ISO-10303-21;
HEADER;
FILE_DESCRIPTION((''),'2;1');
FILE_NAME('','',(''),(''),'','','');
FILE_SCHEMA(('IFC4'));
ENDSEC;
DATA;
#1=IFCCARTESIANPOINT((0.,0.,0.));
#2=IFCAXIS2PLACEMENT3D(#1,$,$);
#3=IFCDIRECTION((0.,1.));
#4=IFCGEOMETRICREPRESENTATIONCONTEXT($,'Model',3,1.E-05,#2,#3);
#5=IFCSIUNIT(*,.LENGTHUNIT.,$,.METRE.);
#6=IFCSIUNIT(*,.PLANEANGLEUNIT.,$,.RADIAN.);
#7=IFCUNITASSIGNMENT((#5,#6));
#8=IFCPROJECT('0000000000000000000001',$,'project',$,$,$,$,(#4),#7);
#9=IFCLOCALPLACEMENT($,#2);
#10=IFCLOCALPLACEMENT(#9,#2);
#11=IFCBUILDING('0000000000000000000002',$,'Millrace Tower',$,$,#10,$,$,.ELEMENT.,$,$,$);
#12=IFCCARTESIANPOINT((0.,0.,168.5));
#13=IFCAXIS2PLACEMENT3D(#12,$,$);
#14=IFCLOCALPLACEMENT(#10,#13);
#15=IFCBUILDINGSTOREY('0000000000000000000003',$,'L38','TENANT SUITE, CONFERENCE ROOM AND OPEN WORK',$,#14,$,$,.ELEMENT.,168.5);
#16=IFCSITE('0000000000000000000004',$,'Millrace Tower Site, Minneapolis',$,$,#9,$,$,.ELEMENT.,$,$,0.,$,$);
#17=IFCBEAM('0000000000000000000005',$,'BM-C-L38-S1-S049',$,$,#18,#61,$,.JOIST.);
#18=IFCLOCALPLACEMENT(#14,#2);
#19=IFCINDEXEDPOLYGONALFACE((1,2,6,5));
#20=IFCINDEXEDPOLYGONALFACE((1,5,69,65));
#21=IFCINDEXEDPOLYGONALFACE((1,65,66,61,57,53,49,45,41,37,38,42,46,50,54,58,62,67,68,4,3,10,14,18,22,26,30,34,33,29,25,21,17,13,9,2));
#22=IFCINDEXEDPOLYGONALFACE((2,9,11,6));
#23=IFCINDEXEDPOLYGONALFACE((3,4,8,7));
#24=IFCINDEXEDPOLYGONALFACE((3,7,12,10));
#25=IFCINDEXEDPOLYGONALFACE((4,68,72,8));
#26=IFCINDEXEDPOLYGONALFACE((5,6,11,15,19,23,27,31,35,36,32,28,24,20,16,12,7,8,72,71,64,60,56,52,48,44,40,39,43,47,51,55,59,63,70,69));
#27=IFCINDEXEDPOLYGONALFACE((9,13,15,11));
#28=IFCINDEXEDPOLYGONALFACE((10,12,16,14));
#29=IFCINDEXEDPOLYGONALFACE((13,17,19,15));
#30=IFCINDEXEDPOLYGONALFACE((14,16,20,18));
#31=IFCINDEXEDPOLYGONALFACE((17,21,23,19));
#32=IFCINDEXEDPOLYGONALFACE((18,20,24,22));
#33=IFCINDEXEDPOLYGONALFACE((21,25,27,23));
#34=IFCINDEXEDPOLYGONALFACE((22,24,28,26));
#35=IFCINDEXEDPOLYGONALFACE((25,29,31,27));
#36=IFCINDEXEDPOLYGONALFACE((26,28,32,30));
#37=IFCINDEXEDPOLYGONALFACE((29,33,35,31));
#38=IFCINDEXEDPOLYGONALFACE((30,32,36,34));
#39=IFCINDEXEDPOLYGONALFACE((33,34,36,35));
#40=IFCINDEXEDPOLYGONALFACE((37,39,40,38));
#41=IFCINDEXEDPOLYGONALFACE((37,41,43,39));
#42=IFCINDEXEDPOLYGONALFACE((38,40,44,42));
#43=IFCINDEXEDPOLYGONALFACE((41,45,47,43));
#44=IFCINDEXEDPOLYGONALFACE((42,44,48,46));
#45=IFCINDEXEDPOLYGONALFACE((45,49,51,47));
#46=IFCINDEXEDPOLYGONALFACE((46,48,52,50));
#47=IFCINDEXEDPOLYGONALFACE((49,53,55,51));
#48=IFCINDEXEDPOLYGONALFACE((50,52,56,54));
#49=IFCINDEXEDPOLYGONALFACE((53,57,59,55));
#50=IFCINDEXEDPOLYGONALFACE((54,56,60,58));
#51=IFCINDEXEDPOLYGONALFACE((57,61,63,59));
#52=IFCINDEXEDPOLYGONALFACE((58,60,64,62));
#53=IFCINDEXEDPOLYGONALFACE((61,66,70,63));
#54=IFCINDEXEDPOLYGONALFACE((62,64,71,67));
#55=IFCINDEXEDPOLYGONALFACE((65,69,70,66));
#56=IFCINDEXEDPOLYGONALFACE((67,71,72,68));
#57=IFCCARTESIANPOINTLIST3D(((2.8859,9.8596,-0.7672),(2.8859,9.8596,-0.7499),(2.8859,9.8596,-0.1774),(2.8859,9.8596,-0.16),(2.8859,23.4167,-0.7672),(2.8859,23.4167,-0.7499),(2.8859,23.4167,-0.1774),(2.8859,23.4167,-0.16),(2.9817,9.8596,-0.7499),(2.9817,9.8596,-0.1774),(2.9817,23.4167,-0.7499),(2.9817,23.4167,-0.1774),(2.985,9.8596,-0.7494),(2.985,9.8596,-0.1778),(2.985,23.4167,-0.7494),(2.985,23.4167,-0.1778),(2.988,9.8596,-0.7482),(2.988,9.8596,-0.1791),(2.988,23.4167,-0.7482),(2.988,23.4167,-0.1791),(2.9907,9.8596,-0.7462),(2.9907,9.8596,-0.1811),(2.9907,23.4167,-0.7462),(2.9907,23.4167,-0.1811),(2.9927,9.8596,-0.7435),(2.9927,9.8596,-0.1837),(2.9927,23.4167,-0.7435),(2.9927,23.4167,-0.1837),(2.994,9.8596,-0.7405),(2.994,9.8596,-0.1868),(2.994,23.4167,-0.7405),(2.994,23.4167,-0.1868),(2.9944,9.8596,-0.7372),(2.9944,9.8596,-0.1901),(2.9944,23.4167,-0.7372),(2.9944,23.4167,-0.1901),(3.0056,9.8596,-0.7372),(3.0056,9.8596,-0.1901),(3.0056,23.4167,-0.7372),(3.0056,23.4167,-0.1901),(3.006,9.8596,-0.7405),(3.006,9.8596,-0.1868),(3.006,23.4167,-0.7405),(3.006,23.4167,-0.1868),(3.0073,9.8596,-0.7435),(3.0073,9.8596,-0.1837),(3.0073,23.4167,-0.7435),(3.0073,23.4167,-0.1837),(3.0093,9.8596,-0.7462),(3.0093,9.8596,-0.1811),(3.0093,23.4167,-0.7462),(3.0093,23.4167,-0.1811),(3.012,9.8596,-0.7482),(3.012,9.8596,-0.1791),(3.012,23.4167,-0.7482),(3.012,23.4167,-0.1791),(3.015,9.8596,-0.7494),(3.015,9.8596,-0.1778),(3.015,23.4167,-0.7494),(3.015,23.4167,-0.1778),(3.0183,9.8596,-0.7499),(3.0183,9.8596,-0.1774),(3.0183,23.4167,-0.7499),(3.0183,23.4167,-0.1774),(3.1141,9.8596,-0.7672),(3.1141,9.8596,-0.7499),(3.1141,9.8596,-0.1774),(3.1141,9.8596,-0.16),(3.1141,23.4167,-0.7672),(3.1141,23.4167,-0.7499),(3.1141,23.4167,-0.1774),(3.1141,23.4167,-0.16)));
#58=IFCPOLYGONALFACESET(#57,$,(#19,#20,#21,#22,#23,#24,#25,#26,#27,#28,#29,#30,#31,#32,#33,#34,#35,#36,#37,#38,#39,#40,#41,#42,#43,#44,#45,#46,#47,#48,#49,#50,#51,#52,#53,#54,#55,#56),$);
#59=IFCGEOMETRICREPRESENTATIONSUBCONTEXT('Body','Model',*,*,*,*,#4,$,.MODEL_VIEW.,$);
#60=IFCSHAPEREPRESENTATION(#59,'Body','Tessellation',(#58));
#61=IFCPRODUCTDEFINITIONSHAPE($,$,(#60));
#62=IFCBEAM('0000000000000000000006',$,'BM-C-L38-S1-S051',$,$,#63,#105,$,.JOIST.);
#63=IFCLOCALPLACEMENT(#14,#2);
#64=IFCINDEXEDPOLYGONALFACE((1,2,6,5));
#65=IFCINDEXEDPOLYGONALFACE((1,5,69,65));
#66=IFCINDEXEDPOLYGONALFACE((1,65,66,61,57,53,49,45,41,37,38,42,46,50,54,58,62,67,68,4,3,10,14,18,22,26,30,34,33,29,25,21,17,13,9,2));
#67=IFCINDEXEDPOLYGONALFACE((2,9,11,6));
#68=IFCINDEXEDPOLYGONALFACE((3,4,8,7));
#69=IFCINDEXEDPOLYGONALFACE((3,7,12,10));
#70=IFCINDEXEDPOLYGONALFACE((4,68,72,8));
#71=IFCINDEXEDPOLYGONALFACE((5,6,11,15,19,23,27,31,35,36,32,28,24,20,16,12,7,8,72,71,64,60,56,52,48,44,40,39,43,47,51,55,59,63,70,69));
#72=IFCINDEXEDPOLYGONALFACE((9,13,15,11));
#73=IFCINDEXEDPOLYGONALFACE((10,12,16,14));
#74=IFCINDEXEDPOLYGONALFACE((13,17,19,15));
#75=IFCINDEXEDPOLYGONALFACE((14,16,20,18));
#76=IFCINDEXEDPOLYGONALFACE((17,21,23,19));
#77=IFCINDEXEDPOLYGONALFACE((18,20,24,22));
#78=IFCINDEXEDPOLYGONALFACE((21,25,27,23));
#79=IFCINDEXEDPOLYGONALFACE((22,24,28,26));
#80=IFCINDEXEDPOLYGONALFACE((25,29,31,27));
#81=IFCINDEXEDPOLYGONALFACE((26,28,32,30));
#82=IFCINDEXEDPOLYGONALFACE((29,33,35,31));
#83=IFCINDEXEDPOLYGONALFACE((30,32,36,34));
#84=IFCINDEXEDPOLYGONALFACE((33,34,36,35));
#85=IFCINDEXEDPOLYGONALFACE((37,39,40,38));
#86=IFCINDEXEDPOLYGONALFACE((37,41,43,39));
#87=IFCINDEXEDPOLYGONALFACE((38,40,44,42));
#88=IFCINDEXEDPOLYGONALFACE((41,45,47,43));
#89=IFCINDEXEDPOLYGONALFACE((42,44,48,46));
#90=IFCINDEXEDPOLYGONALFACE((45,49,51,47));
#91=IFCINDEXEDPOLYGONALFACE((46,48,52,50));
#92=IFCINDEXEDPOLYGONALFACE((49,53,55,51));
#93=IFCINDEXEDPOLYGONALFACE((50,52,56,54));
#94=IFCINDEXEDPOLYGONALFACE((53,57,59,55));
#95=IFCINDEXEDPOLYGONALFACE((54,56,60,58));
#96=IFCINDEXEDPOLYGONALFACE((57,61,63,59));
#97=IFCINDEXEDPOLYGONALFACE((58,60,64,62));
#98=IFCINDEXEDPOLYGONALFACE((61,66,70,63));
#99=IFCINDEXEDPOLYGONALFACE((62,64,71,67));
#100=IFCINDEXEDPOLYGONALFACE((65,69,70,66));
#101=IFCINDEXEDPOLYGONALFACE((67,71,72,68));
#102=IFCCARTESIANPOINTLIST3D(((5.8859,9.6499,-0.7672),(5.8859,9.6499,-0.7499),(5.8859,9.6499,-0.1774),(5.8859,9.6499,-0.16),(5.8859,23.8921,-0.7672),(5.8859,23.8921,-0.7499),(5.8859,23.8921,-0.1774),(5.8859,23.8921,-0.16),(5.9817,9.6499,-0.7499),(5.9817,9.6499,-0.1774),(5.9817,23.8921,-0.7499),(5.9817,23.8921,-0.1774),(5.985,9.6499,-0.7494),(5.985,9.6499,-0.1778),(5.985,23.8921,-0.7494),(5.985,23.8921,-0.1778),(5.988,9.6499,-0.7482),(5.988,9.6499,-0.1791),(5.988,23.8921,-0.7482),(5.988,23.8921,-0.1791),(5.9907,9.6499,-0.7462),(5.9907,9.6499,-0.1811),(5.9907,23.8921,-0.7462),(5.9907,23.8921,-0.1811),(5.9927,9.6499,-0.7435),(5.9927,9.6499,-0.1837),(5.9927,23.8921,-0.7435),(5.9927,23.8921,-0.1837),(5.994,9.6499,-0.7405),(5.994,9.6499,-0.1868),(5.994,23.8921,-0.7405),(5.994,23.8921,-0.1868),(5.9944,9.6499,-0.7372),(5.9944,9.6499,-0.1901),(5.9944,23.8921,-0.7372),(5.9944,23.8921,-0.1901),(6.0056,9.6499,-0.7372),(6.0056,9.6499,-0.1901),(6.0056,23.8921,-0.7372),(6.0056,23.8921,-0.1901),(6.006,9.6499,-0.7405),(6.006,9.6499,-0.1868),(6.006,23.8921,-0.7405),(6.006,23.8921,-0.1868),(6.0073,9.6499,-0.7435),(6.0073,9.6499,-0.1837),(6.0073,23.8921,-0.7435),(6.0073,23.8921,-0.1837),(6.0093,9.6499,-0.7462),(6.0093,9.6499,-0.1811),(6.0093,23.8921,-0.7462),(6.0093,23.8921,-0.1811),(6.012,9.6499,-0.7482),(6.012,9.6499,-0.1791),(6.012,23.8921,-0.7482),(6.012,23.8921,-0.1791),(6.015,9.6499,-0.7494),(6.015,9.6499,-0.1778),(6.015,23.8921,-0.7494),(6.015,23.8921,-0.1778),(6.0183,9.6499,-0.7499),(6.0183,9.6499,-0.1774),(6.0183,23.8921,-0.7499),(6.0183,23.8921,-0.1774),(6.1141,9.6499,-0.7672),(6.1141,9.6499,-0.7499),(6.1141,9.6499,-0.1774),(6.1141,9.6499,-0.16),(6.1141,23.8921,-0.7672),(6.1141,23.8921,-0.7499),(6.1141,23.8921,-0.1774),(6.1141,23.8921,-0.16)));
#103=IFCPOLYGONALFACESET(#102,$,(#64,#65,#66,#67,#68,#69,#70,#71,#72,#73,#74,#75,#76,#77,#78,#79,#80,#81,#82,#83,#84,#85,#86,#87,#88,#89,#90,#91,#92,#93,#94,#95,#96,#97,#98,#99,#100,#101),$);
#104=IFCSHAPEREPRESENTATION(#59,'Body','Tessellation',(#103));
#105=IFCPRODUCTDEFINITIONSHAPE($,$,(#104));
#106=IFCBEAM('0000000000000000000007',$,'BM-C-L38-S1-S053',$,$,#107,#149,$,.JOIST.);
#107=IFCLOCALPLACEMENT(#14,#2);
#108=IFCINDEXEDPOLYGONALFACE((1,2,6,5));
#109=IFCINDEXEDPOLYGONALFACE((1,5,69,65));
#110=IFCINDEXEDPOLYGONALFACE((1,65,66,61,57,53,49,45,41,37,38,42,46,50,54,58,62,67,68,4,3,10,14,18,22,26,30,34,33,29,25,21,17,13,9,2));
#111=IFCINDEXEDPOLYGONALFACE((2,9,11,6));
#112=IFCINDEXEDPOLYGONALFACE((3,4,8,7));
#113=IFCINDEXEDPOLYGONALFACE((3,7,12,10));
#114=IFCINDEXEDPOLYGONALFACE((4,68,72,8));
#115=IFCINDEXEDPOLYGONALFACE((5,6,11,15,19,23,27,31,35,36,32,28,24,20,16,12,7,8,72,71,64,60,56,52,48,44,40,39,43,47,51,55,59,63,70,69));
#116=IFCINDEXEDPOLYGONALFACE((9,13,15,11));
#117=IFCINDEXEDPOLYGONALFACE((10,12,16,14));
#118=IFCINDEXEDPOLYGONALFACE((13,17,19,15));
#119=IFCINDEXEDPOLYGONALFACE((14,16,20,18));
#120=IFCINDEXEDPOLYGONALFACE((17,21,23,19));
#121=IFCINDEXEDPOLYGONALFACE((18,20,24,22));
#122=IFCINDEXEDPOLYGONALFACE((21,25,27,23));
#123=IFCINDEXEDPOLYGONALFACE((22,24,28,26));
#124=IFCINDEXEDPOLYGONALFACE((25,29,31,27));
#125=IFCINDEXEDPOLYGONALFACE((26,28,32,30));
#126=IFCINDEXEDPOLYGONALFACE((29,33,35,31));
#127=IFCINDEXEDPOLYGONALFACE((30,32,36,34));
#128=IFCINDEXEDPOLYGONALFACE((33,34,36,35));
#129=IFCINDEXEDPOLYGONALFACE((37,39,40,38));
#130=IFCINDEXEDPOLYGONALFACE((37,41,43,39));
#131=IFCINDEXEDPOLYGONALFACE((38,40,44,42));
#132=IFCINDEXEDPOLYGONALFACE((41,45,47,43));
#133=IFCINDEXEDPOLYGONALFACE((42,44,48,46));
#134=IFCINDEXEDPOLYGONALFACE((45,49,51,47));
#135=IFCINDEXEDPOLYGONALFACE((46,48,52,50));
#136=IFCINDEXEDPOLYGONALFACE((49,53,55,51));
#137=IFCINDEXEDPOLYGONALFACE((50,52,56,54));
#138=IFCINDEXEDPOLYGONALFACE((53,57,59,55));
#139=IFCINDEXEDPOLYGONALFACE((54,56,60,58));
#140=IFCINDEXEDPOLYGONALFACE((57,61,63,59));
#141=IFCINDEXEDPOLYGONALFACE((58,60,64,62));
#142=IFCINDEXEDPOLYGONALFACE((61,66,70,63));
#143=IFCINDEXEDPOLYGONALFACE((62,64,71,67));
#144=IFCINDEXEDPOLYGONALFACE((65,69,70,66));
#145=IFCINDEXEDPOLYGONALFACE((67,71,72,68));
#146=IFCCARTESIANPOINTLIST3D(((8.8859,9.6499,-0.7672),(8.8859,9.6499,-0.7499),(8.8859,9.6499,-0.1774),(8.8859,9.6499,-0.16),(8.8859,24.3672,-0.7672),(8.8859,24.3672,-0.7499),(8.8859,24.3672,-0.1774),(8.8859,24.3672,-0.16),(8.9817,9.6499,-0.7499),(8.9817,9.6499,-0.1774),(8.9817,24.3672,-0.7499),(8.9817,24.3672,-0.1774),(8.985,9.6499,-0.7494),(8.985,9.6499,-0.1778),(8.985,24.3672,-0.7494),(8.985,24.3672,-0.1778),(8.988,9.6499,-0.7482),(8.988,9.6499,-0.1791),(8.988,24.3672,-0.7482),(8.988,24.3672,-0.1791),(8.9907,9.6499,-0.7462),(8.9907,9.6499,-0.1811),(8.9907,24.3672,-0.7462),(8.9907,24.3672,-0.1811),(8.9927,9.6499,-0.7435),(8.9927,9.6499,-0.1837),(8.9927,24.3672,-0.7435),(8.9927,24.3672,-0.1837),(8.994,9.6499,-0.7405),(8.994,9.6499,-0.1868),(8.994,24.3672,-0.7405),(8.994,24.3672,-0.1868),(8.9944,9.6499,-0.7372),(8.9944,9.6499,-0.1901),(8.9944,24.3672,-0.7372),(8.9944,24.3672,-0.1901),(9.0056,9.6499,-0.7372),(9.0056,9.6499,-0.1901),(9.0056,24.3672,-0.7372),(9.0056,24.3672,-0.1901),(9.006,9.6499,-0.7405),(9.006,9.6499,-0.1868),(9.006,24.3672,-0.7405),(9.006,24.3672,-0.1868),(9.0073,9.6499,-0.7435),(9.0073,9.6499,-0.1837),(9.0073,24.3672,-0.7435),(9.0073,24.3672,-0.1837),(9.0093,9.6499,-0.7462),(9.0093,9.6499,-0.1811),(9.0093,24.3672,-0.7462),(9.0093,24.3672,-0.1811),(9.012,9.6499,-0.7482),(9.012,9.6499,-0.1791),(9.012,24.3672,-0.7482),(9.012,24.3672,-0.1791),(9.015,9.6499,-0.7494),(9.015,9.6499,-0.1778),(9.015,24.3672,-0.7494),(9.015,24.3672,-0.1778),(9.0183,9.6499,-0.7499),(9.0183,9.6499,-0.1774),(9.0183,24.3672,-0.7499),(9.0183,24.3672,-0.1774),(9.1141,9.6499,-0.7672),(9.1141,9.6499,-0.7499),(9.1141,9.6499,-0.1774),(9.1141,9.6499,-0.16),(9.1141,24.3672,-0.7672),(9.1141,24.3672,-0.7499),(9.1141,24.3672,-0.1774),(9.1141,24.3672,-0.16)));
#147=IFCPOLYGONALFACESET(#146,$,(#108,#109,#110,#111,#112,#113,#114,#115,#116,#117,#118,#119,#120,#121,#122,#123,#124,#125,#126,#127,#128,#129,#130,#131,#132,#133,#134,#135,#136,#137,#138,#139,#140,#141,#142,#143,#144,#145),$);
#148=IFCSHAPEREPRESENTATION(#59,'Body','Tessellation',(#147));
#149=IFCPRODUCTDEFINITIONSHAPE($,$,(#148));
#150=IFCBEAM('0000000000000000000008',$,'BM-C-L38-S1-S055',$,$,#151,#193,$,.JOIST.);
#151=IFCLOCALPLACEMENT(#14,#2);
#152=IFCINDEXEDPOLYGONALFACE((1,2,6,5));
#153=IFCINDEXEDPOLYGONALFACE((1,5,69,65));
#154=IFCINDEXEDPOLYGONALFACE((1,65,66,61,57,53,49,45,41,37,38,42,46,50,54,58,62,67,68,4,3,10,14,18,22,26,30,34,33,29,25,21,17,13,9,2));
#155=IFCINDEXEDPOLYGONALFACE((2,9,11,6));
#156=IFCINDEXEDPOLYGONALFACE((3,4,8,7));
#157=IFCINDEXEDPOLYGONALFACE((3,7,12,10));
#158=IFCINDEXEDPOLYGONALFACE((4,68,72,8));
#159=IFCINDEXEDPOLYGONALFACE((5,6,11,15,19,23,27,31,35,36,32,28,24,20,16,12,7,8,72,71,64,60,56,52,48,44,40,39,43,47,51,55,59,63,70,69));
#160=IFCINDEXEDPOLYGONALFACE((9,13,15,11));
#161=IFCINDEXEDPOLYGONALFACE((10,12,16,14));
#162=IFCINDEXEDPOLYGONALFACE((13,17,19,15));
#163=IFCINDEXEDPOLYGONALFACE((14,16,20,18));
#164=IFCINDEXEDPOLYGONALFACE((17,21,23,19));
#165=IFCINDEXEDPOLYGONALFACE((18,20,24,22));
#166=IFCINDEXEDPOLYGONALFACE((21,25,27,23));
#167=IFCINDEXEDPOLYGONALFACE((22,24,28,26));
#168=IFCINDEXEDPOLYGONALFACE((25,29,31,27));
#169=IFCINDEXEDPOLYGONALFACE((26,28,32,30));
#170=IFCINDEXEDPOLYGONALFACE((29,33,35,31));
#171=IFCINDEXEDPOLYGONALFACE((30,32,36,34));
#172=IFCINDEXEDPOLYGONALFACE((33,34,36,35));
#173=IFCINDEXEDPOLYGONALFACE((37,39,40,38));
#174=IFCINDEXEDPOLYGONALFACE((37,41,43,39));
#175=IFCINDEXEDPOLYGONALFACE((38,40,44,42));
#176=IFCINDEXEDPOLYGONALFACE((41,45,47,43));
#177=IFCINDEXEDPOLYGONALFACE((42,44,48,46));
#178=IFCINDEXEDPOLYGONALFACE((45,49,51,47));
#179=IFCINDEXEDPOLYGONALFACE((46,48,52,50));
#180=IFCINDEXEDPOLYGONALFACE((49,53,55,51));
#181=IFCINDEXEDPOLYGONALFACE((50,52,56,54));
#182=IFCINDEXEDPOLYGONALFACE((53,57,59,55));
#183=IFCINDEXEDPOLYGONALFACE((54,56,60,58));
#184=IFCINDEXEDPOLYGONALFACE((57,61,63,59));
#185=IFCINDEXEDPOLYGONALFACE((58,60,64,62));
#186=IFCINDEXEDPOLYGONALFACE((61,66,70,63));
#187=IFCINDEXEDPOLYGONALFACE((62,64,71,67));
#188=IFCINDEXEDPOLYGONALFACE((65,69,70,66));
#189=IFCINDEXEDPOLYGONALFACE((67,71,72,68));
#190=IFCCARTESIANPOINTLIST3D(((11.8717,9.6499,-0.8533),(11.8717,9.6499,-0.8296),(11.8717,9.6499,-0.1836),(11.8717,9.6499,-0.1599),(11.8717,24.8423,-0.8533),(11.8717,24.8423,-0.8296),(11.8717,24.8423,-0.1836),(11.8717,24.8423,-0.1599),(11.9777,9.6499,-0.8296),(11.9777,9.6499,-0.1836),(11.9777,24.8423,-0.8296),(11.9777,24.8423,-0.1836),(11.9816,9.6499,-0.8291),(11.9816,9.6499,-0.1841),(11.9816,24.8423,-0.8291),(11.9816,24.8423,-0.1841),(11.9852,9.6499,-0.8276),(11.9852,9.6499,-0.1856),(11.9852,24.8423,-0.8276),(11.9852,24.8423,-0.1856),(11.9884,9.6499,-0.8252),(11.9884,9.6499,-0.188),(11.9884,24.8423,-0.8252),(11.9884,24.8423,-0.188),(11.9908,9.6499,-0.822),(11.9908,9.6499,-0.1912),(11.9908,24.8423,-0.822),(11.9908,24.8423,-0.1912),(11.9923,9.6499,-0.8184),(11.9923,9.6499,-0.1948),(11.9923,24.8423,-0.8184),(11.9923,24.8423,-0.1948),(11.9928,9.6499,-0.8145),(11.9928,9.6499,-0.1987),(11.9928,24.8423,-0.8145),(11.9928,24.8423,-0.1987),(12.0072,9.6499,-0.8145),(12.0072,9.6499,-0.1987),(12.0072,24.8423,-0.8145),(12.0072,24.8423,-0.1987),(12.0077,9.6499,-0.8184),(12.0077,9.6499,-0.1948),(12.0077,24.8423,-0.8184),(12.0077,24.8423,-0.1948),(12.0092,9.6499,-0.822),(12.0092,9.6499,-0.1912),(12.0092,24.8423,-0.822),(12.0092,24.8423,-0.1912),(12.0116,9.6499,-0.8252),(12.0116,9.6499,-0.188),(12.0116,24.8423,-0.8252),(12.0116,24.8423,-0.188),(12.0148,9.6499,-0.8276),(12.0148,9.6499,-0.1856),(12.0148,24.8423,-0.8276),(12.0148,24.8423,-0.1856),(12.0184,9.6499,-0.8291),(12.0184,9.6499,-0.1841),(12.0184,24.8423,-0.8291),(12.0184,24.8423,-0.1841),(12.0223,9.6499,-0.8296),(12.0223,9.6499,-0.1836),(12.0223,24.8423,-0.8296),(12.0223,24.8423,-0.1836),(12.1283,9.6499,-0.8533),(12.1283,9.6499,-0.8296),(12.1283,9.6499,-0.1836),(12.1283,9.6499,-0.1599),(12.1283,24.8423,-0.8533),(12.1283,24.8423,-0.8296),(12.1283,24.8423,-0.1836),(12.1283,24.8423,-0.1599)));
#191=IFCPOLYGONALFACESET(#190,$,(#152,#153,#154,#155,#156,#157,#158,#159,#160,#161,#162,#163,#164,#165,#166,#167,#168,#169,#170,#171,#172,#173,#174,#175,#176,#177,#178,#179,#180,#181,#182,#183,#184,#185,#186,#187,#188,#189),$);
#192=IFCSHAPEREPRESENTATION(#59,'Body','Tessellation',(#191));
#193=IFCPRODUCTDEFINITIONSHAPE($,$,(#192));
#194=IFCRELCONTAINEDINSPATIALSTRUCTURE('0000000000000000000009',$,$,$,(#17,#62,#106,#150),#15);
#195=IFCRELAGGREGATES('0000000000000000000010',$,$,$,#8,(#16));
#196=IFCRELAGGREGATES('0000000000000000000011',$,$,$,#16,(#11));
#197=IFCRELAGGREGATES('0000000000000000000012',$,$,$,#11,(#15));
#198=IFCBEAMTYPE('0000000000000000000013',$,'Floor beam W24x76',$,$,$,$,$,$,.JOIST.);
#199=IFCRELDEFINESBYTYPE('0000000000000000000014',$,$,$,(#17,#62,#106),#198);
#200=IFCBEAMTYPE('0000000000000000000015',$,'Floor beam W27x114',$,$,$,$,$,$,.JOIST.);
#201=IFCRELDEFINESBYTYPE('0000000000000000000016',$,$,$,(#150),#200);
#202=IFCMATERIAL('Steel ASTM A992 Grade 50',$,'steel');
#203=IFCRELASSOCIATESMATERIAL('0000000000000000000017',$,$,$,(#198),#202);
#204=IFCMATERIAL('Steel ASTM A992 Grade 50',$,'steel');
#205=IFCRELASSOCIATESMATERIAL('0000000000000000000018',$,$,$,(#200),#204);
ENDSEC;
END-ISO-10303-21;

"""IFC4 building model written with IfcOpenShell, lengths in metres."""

from ifc_helpers import new_model, si_unit, direction, frame, origin, origin_2d, place, context, subcontext, project, spatial, i_section, extrude, material, material_profile, profile_set, type_object, element, save


model = new_model("IFC4")

# Units and contexts
model_context = context("Model", 3, precision=1e-05, world=origin(), true_north=direction((0.0, 1.0)))
body_context = subcontext(model_context, "Body", "Model", "MODEL_VIEW")
ifc_project = project(units=[si_unit("LENGTHUNIT", "METRE"), si_unit("PLANEANGLEUNIT", "RADIAN")], contexts=[model_context])

# Site, building, storey
site_placement = place(None, origin())
site = spatial("IfcSite", under=ifc_project, at=site_placement, Name="Millrace Tower Site, Minneapolis", CompositionType="ELEMENT", RefElevation=0.0)
building_placement = place(site_placement, origin())
building = spatial("IfcBuilding", under=site, at=building_placement, Name="Millrace Tower", CompositionType="ELEMENT")
storey_placement = place(building_placement, frame((0.0, 0.0, 168.5)))
storey = spatial("IfcBuildingStorey", under=building, at=storey_placement, Name="L38", Description="TENANT SUITE, CONFERENCE ROOM AND OPEN WORK", CompositionType="ELEMENT", Elevation=168.5)

# Beams
ifc_material_1 = material(Name="Steel ASTM A992 Grade 50", Category="steel")
ifc_material_profile_1 = material_profile(ifc_material_1, i_section(OverallWidth=0.2283, OverallDepth=0.6072, WebThickness=0.0112, FlangeThickness=0.0173, FilletRadius=0.0127, at=origin_2d()))
ifc_profile_set_1 = profile_set([ifc_material_profile_1], Name="Steel ASTM A992 Grade 50")
beam_type_1 = type_object("IfcBeamType", Name="Floor beam W24x76", PredefinedType="JOIST", material=ifc_profile_set_1)
beam_1_placement = place(storey_placement, frame((3.0, 9.8596, -0.4636), z_axis=(0.0, 1.0, 0.0), x_axis=(-1.0, 0.0, 0.0)))
element("IfcBeam", 1, at=beam_1_placement, inside=storey, type_object=beam_type_1, Name="BM-C-L38-S1-S049", PredefinedType="JOIST", context=body_context, shape_type="SweptSolid", body=[
    extrude(i_section(OverallWidth=0.2283, OverallDepth=0.6072, WebThickness=0.0112, FlangeThickness=0.0173, FilletRadius=0.0127, at=origin_2d()), origin(), (0.0, 0.0, 1.0), 13.5571),
])
beam_2_placement = place(storey_placement, frame((6.0, 9.6499, -0.4636), z_axis=(0.0, 1.0, 0.0), x_axis=(-1.0, 0.0, 0.0)))
element("IfcBeam", 2, at=beam_2_placement, inside=storey, type_object=beam_type_1, Name="BM-C-L38-S1-S051", PredefinedType="JOIST", context=body_context, shape_type="SweptSolid", body=[
    extrude(i_section(OverallWidth=0.2283, OverallDepth=0.6072, WebThickness=0.0112, FlangeThickness=0.0173, FilletRadius=0.0127, at=origin_2d()), origin(), (0.0, 0.0, 1.0), 14.2422),
])
beam_3_placement = place(storey_placement, frame((9.0, 9.6499, -0.4636), z_axis=(0.0, 1.0, 0.0), x_axis=(-1.0, 0.0, 0.0)))
element("IfcBeam", 3, at=beam_3_placement, inside=storey, type_object=beam_type_1, Name="BM-C-L38-S1-S053", PredefinedType="JOIST", context=body_context, shape_type="SweptSolid", body=[
    extrude(i_section(OverallWidth=0.2283, OverallDepth=0.6072, WebThickness=0.0112, FlangeThickness=0.0173, FilletRadius=0.0127, at=origin_2d()), origin(), (0.0, 0.0, 1.0), 14.7173),
])
ifc_material_2 = material(Name="Steel ASTM A992 Grade 50", Category="steel")
ifc_material_profile_2 = material_profile(ifc_material_2, i_section(OverallWidth=0.2566, OverallDepth=0.6934, WebThickness=0.0144, FlangeThickness=0.0237, FilletRadius=0.0151, at=origin_2d()))
ifc_profile_set_2 = profile_set([ifc_material_profile_2], Name="Steel ASTM A992 Grade 50")
beam_type_2 = type_object("IfcBeamType", Name="Floor beam W27x114", PredefinedType="JOIST", material=ifc_profile_set_2)
beam_4_placement = place(storey_placement, frame((12.0, 9.6499, -0.5066), z_axis=(0.0, 1.0, 0.0), x_axis=(-1.0, 0.0, 0.0)))
element("IfcBeam", 4, at=beam_4_placement, inside=storey, type_object=beam_type_2, Name="BM-C-L38-S1-S055", PredefinedType="JOIST", context=body_context, shape_type="SweptSolid", body=[
    extrude(i_section(OverallWidth=0.2566, OverallDepth=0.6934, WebThickness=0.0144, FlangeThickness=0.0237, FilletRadius=0.0151, at=origin_2d()), origin(), (0.0, 0.0, 1.0), 15.1924),
])

save(model, "model.ifc")
